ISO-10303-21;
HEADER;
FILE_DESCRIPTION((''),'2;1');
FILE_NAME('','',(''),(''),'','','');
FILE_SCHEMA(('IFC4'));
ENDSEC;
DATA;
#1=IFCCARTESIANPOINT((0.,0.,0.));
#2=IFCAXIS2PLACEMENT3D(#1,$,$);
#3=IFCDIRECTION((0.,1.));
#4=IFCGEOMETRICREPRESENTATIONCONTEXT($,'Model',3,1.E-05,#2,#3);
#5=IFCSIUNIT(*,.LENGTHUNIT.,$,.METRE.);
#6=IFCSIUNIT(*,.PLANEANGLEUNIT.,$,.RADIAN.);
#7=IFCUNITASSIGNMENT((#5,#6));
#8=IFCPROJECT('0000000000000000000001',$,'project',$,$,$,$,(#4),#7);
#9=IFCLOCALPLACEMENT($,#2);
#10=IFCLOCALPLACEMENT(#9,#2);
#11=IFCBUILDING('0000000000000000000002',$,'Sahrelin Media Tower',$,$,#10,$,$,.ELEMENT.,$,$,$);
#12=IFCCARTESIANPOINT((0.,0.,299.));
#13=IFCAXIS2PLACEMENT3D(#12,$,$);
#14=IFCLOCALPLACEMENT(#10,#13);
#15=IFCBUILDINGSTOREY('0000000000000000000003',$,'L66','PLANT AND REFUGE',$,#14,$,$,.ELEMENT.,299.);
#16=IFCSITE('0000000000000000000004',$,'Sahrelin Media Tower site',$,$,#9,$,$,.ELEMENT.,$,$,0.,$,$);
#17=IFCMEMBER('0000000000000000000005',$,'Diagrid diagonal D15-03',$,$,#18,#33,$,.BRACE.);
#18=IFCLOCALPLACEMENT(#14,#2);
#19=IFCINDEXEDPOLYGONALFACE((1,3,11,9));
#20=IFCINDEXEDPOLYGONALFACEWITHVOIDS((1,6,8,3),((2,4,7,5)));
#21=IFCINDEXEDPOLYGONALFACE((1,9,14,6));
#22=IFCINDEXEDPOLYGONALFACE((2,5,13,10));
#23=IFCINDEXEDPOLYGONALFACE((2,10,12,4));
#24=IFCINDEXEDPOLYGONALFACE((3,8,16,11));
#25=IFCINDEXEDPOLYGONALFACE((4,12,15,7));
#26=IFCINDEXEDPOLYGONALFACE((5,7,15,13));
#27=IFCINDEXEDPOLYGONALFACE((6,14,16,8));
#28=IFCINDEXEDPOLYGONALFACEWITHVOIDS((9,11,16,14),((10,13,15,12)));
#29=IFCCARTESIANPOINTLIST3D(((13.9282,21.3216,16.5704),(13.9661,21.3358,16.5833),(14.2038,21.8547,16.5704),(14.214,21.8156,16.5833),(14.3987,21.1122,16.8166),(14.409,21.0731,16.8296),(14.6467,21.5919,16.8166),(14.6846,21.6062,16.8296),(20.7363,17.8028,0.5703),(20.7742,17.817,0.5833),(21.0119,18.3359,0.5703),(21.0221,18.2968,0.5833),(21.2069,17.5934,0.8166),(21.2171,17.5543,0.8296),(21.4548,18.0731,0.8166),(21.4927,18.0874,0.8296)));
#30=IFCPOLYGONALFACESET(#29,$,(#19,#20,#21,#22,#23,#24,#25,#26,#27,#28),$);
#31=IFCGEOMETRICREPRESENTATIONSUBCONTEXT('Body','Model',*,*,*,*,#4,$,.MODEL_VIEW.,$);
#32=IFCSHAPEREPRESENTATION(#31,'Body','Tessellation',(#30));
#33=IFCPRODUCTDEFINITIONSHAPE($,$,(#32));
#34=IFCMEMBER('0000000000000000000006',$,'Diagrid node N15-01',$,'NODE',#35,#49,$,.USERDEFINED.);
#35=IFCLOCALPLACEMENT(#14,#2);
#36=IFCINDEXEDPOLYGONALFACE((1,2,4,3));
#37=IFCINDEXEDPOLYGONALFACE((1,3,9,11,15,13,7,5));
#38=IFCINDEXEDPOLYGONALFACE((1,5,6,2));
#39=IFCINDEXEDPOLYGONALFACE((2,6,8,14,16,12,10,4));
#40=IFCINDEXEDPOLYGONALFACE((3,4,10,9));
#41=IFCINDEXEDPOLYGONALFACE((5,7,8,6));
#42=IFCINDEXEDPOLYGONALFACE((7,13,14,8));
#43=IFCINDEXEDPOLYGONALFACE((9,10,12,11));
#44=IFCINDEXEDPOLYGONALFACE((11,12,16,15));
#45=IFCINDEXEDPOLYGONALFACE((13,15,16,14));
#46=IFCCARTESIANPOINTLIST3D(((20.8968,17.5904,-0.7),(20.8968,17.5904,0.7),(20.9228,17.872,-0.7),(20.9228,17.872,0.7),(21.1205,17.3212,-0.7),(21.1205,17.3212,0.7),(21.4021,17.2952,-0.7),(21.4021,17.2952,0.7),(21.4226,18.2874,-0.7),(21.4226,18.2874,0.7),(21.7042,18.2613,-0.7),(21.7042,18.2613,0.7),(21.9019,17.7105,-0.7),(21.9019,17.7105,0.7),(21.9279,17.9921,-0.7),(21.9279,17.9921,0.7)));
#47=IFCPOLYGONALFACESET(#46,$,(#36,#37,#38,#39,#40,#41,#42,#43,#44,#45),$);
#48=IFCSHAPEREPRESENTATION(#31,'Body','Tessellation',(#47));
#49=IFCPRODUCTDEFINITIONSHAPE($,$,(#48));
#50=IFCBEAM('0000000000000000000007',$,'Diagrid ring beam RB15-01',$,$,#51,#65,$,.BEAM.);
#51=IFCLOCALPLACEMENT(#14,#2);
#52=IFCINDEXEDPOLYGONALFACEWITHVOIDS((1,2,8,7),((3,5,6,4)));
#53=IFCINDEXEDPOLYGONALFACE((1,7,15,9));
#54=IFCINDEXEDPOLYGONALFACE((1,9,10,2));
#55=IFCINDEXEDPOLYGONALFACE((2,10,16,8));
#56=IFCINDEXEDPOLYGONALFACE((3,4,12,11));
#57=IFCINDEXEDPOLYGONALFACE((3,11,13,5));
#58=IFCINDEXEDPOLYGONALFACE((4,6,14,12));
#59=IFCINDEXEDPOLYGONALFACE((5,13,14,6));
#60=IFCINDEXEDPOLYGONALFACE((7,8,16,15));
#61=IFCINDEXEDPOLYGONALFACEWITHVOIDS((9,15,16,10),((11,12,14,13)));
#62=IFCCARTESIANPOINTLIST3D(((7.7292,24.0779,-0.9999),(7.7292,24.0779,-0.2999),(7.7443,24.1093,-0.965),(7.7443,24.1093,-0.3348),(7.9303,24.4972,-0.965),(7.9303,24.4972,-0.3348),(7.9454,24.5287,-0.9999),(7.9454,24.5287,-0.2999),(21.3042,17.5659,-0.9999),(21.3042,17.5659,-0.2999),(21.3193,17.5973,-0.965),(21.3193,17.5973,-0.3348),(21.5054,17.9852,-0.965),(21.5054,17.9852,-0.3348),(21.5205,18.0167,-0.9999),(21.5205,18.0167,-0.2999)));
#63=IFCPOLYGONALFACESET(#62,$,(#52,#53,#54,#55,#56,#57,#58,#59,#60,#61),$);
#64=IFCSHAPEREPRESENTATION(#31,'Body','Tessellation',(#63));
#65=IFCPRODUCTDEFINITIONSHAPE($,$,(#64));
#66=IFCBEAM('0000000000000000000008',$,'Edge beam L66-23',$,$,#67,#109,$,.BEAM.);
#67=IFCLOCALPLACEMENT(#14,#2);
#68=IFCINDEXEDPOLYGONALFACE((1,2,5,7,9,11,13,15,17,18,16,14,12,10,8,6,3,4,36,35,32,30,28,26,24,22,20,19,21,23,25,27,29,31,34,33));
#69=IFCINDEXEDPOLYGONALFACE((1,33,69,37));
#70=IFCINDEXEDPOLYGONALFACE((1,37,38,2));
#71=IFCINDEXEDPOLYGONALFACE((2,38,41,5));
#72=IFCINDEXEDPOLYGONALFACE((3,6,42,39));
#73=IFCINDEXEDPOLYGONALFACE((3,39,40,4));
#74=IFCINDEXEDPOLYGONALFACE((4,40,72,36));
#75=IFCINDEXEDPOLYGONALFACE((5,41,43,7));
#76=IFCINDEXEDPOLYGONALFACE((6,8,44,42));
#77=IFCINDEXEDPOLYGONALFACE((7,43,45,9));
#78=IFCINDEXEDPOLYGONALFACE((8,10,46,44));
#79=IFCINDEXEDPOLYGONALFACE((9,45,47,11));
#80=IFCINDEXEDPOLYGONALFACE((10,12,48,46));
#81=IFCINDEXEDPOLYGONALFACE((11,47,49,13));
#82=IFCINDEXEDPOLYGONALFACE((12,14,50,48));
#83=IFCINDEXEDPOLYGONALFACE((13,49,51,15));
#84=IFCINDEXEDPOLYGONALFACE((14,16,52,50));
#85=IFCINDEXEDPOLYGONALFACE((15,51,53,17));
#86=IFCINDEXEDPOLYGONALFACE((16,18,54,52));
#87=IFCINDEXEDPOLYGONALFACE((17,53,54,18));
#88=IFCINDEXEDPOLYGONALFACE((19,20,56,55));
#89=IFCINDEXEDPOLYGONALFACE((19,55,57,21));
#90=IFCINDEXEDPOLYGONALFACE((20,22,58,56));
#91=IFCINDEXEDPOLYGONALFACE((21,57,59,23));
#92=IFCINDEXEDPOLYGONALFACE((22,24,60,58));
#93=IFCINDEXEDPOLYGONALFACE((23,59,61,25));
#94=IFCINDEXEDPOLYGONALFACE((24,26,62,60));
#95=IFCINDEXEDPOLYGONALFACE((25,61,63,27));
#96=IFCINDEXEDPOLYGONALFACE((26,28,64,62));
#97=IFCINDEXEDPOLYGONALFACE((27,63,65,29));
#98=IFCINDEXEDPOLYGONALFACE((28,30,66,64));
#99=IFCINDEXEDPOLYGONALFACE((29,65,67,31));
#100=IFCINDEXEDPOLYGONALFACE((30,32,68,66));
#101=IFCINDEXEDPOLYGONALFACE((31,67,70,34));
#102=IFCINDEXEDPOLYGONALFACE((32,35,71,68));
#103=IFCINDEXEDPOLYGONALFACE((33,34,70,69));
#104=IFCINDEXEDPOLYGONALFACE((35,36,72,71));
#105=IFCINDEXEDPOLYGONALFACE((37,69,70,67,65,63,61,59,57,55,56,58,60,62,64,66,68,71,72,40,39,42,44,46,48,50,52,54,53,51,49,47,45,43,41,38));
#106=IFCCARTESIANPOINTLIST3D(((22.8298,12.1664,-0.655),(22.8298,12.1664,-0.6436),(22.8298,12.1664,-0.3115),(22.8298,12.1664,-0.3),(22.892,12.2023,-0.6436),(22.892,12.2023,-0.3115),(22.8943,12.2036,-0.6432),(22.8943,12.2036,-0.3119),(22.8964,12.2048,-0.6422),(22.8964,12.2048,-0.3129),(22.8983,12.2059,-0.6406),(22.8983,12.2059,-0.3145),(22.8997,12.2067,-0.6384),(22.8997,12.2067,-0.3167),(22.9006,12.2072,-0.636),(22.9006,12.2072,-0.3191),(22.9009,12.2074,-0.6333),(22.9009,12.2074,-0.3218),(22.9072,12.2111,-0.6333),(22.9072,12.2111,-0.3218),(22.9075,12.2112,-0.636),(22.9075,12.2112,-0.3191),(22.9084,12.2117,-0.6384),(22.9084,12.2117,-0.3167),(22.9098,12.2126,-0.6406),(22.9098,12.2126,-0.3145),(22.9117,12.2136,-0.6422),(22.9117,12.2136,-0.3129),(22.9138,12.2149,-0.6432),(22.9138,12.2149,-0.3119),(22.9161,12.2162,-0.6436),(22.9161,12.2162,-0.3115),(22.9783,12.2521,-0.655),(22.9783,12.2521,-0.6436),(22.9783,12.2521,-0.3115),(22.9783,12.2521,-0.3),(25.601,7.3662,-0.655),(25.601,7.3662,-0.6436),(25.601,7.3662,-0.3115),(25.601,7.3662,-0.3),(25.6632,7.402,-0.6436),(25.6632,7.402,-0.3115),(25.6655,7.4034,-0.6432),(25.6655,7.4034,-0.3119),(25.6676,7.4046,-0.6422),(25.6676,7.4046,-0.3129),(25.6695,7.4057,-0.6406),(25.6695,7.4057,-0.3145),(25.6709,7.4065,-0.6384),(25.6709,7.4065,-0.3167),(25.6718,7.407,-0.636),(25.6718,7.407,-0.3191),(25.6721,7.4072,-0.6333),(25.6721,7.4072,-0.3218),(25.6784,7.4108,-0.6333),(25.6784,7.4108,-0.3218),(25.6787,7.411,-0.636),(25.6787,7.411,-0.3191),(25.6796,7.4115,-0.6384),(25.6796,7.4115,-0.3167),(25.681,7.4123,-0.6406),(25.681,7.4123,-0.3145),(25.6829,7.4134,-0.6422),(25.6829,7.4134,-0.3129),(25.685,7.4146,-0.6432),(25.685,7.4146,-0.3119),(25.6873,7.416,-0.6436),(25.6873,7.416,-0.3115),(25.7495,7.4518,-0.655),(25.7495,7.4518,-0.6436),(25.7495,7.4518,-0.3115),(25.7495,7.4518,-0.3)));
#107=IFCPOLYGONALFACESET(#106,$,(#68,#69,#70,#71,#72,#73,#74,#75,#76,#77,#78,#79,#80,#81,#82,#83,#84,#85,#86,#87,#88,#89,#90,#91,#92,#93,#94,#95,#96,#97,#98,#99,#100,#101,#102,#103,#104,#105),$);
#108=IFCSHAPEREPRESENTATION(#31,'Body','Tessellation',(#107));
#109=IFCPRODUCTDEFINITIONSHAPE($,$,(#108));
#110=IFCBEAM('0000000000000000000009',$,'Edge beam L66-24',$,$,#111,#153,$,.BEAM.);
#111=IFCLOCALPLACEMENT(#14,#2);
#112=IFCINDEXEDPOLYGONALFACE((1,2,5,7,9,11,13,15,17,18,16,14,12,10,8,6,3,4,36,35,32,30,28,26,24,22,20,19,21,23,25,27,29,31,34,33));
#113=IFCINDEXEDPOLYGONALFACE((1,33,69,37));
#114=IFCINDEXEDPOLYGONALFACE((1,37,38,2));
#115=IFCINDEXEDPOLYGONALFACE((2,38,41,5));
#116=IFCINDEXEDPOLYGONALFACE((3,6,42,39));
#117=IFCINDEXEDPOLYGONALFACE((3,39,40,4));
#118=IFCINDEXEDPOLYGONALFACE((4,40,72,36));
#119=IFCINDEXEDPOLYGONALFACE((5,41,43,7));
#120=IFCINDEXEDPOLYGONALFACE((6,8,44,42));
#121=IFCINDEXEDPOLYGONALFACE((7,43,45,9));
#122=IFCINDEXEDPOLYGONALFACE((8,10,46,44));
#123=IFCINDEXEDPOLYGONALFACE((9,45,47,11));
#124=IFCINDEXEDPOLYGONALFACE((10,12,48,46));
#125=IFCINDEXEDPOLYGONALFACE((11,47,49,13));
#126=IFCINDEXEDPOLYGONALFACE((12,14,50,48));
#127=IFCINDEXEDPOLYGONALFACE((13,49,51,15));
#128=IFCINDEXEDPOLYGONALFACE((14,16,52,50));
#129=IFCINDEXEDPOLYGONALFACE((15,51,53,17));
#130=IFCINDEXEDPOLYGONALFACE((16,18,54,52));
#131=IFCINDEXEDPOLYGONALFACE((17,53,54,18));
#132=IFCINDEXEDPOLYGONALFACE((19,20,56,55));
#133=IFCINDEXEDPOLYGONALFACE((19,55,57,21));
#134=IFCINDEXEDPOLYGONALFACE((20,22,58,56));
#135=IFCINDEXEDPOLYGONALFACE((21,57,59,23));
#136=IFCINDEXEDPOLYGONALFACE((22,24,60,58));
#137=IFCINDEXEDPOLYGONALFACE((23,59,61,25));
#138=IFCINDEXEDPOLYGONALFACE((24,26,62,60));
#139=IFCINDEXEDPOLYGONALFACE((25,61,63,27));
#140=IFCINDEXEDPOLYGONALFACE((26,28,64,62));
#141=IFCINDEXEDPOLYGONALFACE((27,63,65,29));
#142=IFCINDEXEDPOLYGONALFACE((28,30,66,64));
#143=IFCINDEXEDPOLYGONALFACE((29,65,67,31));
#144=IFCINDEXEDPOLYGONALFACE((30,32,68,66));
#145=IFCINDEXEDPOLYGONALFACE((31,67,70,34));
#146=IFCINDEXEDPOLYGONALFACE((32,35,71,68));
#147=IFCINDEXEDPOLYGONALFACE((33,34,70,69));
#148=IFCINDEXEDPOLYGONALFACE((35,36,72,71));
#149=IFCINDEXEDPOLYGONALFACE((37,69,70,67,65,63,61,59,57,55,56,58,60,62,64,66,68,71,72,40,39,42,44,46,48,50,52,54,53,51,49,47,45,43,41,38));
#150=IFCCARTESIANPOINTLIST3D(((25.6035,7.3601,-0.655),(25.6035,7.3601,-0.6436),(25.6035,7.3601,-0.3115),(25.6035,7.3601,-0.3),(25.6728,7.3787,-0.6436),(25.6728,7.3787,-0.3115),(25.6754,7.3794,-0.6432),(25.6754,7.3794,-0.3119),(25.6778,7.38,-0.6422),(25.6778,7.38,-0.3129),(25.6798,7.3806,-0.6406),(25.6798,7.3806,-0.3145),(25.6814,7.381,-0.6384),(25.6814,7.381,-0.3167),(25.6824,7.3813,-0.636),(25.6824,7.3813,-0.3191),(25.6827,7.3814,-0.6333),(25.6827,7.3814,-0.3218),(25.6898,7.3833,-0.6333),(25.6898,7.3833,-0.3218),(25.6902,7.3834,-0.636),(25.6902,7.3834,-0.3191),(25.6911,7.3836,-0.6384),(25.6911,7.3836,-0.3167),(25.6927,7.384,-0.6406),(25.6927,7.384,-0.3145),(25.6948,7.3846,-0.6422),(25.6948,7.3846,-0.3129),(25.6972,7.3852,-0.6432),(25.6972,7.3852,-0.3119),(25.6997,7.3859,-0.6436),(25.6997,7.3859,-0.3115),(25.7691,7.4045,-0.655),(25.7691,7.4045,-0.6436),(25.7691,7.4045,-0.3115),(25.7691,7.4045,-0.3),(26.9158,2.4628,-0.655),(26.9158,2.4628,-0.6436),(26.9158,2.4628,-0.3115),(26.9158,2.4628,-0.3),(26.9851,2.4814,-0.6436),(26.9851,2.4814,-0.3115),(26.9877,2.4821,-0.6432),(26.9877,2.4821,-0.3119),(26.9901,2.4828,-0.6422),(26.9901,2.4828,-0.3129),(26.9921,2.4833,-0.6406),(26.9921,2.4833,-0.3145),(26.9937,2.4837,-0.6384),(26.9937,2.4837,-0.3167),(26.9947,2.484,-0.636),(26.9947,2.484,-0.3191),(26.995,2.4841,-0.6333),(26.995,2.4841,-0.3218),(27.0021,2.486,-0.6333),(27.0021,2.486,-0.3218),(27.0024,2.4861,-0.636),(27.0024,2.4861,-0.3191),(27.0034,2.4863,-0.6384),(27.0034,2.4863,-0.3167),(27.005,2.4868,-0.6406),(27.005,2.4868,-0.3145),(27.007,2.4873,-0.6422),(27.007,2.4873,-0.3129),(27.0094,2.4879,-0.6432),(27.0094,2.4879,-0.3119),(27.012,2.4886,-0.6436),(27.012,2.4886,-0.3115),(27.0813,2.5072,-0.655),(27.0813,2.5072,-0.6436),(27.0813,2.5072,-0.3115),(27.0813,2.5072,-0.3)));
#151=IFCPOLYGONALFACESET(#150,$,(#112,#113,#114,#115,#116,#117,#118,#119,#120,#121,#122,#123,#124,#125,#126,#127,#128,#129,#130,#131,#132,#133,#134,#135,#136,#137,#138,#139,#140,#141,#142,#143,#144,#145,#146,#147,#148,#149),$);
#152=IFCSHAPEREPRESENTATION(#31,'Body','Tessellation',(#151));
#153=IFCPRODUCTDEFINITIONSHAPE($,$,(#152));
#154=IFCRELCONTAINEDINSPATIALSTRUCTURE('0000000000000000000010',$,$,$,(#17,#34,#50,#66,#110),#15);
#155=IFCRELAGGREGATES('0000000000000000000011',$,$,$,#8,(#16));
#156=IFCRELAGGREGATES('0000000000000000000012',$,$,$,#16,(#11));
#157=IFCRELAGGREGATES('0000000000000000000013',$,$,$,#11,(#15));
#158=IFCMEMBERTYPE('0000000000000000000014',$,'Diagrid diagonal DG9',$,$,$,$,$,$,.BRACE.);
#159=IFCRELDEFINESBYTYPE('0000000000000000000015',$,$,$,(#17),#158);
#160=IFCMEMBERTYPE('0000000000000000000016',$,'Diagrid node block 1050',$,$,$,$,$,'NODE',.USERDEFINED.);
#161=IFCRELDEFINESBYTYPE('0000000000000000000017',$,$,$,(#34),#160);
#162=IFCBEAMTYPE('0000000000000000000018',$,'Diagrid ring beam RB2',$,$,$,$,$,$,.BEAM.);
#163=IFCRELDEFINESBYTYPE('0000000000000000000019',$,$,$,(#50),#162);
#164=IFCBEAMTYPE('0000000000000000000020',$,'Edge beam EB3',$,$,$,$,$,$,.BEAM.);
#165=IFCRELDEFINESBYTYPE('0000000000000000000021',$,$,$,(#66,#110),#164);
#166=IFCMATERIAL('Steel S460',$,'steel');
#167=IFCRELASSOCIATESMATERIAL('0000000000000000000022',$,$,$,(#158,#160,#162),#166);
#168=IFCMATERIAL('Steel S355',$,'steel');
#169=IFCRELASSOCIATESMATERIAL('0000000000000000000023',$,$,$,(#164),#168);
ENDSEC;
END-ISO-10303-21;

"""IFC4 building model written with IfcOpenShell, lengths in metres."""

from ifc_helpers import new_model, si_unit, direction, frame, origin, origin_2d, place, context, subcontext, project, spatial, polyline, hollow_rectangle, i_section, outline, extrude, material, material_profile, profile_set, type_object, element, save


model = new_model("IFC4")

# Units and contexts
model_context = context("Model", 3, precision=1e-05, world=origin(), true_north=direction((0.0, 1.0)))
body_context = subcontext(model_context, "Body", "Model", "MODEL_VIEW")
ifc_project = project(units=[si_unit("LENGTHUNIT", "METRE"), si_unit("PLANEANGLEUNIT", "RADIAN")], contexts=[model_context])

# Site, building, storey
site_placement = place(None, origin())
site = spatial("IfcSite", under=ifc_project, at=site_placement, Name="Sahrelin Media Tower site", CompositionType="ELEMENT", RefElevation=0.0)
building_placement = place(site_placement, origin())
building = spatial("IfcBuilding", under=site, at=building_placement, Name="Sahrelin Media Tower", CompositionType="ELEMENT")
storey_placement = place(building_placement, frame((0.0, 0.0, 299.0)))
storey = spatial("IfcBuildingStorey", under=building, at=storey_placement, Name="L66", Description="PLANT AND REFUGE", CompositionType="ELEMENT", Elevation=299.0)

# Members
ifc_material_1 = material(Name="Steel S460", Category="steel")
ifc_material_profile_1 = material_profile(ifc_material_1, hollow_rectangle(XDim=0.6001, YDim=0.6001, WallThickness=0.03, at=origin_2d()), Name="Diagrid diagonal DG9")
ifc_profile_set_1 = profile_set([ifc_material_profile_1], Name="Steel S460")
member_type_1 = type_object("IfcMemberType", Name="Diagrid diagonal DG9", PredefinedType="BRACE", material=ifc_profile_set_1)
member_1_placement = place(storey_placement, frame((21.1145, 17.9451, 0.7), z_axis=(-0.383756, 0.198346, 0.901881), x_axis=(-0.459152, -0.888358, 0.0)))
element("IfcMember", 1, at=member_1_placement, inside=storey, type_object=member_type_1, Name="Diagrid diagonal D15-03", PredefinedType="BRACE", context=body_context, shape_type="SweptSolid", body=[
    extrude(hollow_rectangle(XDim=0.6001, YDim=0.6001, WallThickness=0.03, at=origin_2d()), origin(), (0.0, 0.0, 1.0), 17.7407),
])
ifc_material_profile_2 = material_profile(ifc_material_1, outline(polyline([(0.325, -0.375), (0.5249, -0.175), (0.5249, 0.175), (0.325, 0.375), (-0.325, 0.375), (-0.5249, 0.175), (-0.5249, -0.175), (-0.325, -0.375), (0.325, -0.375)])), Name="Diagrid node block 1050")
ifc_profile_set_2 = profile_set([ifc_material_profile_2], Name="Steel S460")
member_type_2 = type_object("IfcMemberType", Name="Diagrid node block 1050", ElementType="NODE", PredefinedType="USERDEFINED", material=ifc_profile_set_2)
member_2_placement = place(storey_placement, frame((21.4124, 17.7913, -0.7), z_axis=(0.0, 0.0, 1.0), x_axis=(0.769146, 0.639073, 0.0)))
element("IfcMember", 2, at=member_2_placement, inside=storey, type_object=member_type_2, Name="Diagrid node N15-01", ObjectType="NODE", PredefinedType="USERDEFINED", context=body_context, shape_type="SweptSolid", body=[
    extrude(outline(polyline([(0.325, -0.375), (0.5249, -0.175), (0.5249, 0.175), (0.325, 0.375), (-0.325, 0.375), (-0.5249, 0.175), (-0.5249, -0.175), (-0.325, -0.375), (0.325, -0.375)])), origin(), (0.0, 0.0, 1.0), 1.3999),
])

# Beams
ifc_material_profile_3 = material_profile(ifc_material_1, hollow_rectangle(XDim=0.5, YDim=0.7, WallThickness=0.0349, at=origin_2d()), Name="Diagrid ring beam RB2")
ifc_profile_set_3 = profile_set([ifc_material_profile_3], Name="Steel S460")
beam_type_1 = type_object("IfcBeamType", Name="Diagrid ring beam RB2", PredefinedType="BEAM", material=ifc_profile_set_3)
beam_1_placement = place(storey_placement, frame((21.4124, 17.7913, -0.6499), z_axis=(-0.901627, 0.432514, 0.0), x_axis=(-0.432514, -0.901627, 0.0)))
element("IfcBeam", 3, at=beam_1_placement, inside=storey, type_object=beam_type_1, Name="Diagrid ring beam RB15-01", PredefinedType="BEAM", context=body_context, shape_type="SweptSolid", body=[
    extrude(hollow_rectangle(XDim=0.5, YDim=0.7, WallThickness=0.0349, at=origin_2d()), origin(), (0.0, 0.0, 1.0), 15.0562),
])
ifc_material_2 = material(Name="Steel S355", Category="steel")
ifc_material_profile_4 = material_profile(ifc_material_2, i_section(OverallWidth=0.1714, OverallDepth=0.355, WebThickness=0.0073, FlangeThickness=0.0115, FilletRadius=0.0103, at=origin_2d()), Name="UB 356x171x51")
ifc_profile_set_4 = profile_set([ifc_material_profile_4], Name="Steel S355")
beam_type_2 = type_object("IfcBeamType", Name="Edge beam EB3", PredefinedType="BEAM", material=ifc_profile_set_4)
beam_2_placement = place(storey_placement, frame((22.9041, 12.2092, -0.4775), z_axis=(0.499972, -0.866042, 0.0), x_axis=(0.866042, 0.499972, 0.0)))
element("IfcBeam", 4, at=beam_2_placement, inside=storey, type_object=beam_type_2, Name="Edge beam L66-23", PredefinedType="BEAM", context=body_context, shape_type="SweptSolid", body=[
    extrude(i_section(OverallWidth=0.1714, OverallDepth=0.355, WebThickness=0.0073, FlangeThickness=0.0115, FilletRadius=0.0103, at=origin_2d()), origin(), (0.0, 0.0, 1.0), 5.5427),
])
beam_3_placement = place(storey_placement, frame((25.6863, 7.3823, -0.4775), z_axis=(0.258828, -0.965923, 0.0), x_axis=(0.965923, 0.258828, 0.0)))
element("IfcBeam", 5, at=beam_3_placement, inside=storey, type_object=beam_type_2, Name="Edge beam L66-24", PredefinedType="BEAM", context=body_context, shape_type="SweptSolid", body=[
    extrude(i_section(OverallWidth=0.1714, OverallDepth=0.355, WebThickness=0.0073, FlangeThickness=0.0115, FilletRadius=0.0103, at=origin_2d()), origin(), (0.0, 0.0, 1.0), 5.0701),
])

save(model, "model.ifc")
